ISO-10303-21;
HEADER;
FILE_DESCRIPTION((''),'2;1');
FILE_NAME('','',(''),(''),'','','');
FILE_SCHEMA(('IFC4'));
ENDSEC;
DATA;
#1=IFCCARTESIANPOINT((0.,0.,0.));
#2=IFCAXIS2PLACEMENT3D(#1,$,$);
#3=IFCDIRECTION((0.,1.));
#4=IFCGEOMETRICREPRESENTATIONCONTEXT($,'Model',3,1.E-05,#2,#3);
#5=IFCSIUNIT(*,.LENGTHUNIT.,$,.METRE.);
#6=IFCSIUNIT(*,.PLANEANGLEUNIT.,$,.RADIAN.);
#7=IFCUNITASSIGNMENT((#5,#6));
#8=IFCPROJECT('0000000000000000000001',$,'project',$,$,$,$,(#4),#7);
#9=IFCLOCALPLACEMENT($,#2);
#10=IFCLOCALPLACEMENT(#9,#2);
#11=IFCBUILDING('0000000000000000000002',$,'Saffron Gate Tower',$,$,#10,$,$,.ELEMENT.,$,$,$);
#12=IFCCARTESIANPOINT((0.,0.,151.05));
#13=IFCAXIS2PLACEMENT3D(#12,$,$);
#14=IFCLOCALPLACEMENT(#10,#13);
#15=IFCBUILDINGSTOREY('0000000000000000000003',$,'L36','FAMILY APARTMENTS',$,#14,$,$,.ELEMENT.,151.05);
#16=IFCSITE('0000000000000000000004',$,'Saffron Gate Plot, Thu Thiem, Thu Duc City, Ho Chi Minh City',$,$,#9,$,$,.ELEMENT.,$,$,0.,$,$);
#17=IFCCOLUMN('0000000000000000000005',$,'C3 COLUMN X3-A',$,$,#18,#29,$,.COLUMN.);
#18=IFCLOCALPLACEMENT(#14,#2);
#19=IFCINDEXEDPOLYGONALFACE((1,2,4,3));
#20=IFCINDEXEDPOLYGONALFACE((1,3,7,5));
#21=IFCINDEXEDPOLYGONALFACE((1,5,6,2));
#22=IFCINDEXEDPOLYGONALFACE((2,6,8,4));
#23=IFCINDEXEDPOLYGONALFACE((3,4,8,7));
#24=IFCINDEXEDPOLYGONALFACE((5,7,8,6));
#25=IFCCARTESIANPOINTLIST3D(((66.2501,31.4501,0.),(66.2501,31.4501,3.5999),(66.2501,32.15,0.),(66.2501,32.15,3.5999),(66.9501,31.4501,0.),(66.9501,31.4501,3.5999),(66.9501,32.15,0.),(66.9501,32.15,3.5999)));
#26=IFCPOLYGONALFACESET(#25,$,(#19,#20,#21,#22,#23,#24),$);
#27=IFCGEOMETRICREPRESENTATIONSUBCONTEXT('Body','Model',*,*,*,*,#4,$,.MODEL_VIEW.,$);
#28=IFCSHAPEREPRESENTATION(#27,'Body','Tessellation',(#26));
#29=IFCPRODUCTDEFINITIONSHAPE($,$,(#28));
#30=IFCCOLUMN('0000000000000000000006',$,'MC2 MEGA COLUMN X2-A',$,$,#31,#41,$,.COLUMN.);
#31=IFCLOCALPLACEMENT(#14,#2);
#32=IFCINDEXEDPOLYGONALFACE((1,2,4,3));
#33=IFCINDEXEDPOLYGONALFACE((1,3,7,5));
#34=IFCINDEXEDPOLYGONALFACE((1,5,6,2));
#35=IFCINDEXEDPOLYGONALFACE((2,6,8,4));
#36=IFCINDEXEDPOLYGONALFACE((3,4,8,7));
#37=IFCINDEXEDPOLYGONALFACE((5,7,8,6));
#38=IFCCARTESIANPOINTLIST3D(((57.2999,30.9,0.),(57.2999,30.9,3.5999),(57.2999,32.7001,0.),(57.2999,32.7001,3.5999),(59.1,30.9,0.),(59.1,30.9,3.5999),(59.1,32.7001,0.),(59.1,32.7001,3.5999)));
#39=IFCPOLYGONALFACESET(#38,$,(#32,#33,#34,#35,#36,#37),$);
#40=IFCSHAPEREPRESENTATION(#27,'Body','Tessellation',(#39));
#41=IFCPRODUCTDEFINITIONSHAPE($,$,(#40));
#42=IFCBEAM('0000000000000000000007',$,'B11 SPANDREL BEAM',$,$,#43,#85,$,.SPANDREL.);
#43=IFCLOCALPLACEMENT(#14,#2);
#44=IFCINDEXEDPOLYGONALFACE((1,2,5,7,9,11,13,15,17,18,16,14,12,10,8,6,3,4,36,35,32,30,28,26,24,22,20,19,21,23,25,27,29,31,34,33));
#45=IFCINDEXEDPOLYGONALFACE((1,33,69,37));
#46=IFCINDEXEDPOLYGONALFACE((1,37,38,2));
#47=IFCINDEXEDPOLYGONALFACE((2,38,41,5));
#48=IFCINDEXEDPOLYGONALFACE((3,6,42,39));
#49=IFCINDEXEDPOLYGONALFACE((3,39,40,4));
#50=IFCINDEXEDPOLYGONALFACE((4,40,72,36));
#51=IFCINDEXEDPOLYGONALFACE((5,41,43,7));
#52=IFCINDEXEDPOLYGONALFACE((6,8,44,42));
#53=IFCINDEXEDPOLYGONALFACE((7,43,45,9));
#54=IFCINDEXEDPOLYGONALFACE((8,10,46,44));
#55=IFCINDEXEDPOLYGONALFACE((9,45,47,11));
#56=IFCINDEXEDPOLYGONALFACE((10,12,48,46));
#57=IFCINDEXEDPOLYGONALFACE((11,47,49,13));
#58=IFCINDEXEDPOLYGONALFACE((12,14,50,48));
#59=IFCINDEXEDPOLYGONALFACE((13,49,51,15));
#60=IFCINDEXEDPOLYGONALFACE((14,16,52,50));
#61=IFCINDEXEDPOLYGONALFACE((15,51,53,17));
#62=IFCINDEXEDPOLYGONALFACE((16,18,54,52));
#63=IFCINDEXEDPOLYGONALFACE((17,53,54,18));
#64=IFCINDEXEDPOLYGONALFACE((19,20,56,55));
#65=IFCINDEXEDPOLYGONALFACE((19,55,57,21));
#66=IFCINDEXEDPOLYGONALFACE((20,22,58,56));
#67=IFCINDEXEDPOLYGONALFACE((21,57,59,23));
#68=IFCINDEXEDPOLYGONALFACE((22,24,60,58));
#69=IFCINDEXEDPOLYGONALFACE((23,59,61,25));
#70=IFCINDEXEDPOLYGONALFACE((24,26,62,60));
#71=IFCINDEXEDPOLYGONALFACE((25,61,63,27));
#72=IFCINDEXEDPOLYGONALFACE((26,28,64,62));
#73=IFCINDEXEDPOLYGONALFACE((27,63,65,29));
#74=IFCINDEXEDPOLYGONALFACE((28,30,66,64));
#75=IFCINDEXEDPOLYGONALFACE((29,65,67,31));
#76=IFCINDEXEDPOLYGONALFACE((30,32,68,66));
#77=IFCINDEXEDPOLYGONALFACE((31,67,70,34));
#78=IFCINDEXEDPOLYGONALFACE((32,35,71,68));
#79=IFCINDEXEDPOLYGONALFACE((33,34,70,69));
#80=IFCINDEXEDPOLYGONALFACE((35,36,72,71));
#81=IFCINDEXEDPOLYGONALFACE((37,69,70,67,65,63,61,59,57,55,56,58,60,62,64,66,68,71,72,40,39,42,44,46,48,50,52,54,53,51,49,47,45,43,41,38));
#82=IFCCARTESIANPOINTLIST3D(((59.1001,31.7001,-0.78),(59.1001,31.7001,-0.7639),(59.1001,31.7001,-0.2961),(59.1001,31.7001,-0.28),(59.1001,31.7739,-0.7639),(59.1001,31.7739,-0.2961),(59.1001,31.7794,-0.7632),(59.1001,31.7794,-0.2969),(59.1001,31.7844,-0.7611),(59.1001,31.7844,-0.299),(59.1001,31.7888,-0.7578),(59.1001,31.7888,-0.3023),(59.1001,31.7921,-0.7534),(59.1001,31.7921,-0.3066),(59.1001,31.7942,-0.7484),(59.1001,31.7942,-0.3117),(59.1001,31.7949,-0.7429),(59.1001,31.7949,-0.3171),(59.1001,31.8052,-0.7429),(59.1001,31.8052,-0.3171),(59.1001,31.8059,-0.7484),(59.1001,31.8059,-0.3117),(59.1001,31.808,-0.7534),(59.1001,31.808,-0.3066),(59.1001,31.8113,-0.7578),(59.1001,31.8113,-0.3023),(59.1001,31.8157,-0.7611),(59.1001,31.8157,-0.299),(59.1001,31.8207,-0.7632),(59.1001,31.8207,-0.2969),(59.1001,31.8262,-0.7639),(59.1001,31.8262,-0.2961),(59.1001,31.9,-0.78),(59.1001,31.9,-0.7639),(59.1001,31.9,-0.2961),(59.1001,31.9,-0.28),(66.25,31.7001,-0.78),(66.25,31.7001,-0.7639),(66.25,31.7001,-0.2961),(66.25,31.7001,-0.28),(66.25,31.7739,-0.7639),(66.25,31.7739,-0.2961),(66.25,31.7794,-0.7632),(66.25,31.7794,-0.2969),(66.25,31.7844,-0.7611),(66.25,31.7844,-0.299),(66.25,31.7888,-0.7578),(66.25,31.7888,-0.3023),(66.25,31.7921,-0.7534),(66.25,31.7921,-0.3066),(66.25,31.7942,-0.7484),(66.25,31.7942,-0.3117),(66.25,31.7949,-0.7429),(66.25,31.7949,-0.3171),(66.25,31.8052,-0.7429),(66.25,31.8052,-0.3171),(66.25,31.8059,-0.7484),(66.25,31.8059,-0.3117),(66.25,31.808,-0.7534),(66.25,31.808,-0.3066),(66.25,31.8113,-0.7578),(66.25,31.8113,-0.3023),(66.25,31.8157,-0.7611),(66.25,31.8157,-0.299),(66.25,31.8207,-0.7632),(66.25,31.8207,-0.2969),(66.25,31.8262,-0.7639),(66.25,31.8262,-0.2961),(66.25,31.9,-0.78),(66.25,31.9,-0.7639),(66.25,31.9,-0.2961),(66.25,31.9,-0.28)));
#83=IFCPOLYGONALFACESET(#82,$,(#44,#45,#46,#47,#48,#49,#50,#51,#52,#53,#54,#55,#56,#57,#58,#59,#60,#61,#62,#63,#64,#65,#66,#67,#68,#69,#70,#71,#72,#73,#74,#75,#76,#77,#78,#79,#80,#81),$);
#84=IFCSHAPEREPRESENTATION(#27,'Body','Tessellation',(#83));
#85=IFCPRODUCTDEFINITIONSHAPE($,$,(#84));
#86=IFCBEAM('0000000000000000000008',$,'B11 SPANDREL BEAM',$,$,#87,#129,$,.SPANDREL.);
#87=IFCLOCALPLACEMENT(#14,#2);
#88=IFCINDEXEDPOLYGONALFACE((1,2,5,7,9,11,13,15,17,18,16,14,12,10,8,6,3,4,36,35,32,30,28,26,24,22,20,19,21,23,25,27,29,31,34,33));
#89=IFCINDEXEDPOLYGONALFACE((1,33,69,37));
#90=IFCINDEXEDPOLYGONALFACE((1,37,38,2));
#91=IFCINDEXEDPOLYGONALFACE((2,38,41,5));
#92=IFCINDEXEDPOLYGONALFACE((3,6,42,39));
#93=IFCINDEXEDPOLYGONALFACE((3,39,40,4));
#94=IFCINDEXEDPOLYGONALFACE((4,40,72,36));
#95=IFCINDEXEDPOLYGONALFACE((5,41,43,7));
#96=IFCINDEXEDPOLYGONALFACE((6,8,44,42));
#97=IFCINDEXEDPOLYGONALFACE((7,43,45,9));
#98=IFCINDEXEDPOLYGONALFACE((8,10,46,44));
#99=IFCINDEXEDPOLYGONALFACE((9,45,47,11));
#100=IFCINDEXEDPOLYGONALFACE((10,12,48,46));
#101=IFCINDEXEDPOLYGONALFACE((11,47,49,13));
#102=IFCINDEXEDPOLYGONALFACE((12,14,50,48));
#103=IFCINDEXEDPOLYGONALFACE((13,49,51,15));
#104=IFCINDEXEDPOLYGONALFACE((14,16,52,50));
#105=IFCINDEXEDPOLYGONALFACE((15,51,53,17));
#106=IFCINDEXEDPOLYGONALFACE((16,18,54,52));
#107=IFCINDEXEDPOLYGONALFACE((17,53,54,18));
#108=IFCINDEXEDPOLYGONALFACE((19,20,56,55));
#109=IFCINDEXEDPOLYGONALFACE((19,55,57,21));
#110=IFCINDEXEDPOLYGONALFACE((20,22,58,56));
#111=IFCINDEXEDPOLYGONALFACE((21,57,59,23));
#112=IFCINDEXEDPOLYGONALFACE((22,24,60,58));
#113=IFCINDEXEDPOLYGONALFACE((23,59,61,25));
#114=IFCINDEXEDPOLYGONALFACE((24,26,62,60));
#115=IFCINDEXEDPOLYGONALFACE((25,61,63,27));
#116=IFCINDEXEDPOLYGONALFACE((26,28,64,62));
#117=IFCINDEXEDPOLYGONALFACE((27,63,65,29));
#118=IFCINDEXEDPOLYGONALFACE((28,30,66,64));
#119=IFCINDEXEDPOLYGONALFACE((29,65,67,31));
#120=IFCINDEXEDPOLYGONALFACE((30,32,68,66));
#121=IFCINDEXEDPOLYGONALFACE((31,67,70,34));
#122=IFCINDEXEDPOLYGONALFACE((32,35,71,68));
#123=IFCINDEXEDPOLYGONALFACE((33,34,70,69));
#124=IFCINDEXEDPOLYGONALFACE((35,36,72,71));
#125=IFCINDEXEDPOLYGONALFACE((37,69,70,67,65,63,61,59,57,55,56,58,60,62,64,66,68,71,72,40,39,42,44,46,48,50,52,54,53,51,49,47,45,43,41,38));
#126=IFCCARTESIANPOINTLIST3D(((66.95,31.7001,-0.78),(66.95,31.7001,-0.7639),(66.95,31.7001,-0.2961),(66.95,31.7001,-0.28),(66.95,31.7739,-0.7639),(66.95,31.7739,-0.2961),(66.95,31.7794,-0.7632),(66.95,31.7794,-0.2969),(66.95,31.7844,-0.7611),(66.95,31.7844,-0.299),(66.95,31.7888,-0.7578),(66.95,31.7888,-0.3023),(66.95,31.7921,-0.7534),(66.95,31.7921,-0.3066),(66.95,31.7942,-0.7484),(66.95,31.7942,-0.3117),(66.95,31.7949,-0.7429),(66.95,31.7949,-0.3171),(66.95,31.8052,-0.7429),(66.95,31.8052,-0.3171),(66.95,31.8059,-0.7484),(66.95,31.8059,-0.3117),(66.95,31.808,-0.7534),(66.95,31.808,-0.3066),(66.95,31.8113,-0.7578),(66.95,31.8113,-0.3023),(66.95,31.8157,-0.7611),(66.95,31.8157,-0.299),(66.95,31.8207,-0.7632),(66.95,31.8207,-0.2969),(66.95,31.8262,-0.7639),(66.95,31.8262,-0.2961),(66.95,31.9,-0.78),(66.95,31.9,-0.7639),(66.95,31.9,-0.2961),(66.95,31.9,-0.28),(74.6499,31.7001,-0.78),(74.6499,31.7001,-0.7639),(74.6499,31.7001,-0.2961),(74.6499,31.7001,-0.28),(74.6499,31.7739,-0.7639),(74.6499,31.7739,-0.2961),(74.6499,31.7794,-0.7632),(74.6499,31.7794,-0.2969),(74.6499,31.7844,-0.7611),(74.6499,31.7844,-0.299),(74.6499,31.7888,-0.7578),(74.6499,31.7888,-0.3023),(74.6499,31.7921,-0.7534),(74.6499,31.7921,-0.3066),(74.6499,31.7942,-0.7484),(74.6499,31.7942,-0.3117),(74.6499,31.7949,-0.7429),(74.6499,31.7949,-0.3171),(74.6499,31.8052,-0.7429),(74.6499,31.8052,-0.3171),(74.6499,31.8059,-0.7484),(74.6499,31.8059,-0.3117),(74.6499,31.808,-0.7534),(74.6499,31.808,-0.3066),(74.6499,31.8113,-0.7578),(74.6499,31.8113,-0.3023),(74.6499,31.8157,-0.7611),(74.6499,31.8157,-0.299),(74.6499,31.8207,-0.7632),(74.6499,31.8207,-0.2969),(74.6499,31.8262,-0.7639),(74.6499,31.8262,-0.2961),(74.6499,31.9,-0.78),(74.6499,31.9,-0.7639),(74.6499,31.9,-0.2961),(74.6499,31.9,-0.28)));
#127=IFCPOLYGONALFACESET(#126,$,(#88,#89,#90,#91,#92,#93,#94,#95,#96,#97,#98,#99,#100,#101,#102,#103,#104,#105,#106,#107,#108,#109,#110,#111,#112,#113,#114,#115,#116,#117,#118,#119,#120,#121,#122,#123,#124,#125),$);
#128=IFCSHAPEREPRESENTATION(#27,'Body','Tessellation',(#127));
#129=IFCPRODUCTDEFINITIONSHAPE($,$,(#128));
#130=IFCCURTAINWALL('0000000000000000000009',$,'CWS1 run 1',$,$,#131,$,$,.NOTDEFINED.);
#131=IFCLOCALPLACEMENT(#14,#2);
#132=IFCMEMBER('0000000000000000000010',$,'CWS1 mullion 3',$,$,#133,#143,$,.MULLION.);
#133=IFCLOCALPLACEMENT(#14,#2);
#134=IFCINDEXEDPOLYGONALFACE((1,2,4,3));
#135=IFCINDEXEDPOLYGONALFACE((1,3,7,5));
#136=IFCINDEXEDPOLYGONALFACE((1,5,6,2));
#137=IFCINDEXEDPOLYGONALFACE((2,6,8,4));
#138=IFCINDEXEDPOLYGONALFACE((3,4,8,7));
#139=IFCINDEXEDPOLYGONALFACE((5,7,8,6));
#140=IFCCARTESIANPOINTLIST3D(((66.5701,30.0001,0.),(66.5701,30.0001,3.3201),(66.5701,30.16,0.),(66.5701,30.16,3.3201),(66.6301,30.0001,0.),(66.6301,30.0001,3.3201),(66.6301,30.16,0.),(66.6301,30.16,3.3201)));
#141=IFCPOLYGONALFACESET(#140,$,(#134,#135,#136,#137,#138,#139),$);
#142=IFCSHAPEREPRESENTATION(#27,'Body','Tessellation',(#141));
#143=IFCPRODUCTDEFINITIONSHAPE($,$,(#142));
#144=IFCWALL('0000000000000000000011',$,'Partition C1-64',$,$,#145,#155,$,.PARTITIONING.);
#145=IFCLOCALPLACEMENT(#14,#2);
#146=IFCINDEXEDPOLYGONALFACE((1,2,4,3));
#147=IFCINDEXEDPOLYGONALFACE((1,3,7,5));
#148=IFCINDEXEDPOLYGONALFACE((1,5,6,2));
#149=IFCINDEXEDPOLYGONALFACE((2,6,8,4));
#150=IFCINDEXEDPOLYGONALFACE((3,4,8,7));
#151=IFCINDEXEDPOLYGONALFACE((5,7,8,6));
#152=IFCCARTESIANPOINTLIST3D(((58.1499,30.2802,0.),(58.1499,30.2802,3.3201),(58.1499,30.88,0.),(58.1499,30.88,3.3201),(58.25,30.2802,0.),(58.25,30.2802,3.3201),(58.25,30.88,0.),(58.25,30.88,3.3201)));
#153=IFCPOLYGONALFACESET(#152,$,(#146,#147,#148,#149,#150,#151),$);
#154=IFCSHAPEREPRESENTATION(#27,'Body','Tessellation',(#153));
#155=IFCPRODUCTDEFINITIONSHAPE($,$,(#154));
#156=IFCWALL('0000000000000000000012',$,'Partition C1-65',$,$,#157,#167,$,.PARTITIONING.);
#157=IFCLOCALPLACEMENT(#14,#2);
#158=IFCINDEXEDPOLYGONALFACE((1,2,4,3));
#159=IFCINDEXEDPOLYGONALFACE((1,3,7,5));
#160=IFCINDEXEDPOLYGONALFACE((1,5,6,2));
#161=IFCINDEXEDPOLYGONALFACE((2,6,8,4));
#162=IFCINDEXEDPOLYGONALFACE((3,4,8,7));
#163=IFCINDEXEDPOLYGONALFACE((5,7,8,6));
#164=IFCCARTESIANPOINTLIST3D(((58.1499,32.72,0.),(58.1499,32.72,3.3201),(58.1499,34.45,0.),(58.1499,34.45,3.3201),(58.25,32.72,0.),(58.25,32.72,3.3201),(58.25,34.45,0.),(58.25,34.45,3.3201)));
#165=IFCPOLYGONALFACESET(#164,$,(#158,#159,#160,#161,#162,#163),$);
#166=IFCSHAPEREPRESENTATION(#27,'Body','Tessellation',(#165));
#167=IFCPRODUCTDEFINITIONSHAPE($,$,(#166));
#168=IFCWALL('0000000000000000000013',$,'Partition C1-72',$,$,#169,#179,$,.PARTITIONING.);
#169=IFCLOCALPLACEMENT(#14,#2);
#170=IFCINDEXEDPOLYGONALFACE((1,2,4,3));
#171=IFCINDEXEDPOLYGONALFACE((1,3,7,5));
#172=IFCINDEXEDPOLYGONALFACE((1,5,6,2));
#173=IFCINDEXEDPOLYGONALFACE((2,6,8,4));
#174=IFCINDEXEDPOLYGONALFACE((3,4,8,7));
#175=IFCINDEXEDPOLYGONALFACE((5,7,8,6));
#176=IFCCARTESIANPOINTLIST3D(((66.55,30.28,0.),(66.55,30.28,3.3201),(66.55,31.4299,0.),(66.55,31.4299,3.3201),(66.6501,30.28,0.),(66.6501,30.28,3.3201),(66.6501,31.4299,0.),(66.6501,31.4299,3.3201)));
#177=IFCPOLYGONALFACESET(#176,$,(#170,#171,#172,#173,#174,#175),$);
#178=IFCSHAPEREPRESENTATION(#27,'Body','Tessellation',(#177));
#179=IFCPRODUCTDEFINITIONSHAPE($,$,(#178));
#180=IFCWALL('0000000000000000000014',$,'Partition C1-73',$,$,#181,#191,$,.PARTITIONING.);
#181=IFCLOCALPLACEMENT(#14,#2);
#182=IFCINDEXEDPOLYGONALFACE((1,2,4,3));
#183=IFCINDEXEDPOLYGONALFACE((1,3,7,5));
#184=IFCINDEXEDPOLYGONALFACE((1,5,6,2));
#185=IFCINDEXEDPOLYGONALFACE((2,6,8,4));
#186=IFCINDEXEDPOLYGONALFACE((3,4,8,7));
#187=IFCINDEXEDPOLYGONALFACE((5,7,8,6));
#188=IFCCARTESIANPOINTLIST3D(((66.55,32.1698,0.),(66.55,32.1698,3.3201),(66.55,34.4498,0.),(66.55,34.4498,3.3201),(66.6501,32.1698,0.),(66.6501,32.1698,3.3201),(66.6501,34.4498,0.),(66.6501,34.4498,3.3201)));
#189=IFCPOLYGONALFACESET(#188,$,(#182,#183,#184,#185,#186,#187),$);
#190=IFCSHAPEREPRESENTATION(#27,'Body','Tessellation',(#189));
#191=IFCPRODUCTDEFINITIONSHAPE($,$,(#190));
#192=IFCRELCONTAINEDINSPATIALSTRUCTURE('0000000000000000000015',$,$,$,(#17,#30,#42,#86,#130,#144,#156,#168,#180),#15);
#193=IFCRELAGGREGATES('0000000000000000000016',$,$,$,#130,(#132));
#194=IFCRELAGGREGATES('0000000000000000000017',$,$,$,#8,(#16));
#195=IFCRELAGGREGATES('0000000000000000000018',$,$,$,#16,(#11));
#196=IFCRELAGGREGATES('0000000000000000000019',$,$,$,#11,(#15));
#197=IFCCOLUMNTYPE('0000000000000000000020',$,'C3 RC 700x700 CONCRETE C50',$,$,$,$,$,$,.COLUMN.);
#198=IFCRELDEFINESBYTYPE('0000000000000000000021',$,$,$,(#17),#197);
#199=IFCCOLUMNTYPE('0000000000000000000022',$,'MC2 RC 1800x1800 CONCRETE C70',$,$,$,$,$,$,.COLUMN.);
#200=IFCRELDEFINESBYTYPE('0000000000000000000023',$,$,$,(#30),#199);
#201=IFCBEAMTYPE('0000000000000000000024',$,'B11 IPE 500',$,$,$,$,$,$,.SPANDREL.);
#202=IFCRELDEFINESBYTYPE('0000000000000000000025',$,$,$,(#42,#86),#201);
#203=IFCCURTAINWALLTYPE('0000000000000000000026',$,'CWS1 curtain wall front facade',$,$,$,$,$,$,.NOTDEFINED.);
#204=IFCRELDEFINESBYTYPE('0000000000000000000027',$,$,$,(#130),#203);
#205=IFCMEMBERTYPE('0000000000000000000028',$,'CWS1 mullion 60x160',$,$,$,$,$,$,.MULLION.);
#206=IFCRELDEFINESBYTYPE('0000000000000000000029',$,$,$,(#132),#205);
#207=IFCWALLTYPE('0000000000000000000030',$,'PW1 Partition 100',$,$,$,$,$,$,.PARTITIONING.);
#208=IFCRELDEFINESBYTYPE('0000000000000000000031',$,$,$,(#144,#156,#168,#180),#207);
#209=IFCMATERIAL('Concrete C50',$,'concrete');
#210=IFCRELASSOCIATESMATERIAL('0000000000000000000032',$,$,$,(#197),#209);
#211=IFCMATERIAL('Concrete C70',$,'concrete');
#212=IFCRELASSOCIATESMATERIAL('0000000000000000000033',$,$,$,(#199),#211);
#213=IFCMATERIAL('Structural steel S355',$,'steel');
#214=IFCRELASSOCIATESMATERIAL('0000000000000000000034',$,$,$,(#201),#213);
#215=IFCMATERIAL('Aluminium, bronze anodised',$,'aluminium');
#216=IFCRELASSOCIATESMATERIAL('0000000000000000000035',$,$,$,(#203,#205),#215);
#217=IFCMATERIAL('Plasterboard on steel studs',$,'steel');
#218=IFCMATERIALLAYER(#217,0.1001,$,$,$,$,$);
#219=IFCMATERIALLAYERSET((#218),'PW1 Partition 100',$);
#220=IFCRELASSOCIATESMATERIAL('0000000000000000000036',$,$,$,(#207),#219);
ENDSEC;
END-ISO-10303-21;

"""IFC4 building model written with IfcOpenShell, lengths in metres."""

from ifc_helpers import new_model, si_unit, direction, frame, frame_2d, origin, origin_2d, place, context, subcontext, project, spatial, rectangle, i_section, extrude, material, layer, layer_set, material_profile, profile_set, type_object, element, aggregate, save


model = new_model("IFC4")

# Units and contexts
model_context = context("Model", 3, precision=1e-05, world=origin(), true_north=direction((0.0, 1.0)))
body_context = subcontext(model_context, "Body", "Model", "MODEL_VIEW")
ifc_project = project(units=[si_unit("LENGTHUNIT", "METRE"), si_unit("PLANEANGLEUNIT", "RADIAN")], contexts=[model_context])

# Site, building, storey
site_placement = place(None, origin())
site = spatial("IfcSite", under=ifc_project, at=site_placement, Name="Saffron Gate Plot, Thu Thiem, Thu Duc City, Ho Chi Minh City", CompositionType="ELEMENT", RefElevation=0.0)
building_placement = place(site_placement, origin())
building = spatial("IfcBuilding", under=site, at=building_placement, Name="Saffron Gate Tower", CompositionType="ELEMENT")
storey_placement = place(building_placement, frame((0.0, 0.0, 151.05)))
storey = spatial("IfcBuildingStorey", under=building, at=storey_placement, Name="L36", Description="FAMILY APARTMENTS", CompositionType="ELEMENT", Elevation=151.05)

# Columns
ifc_material_1 = material(Name="Concrete C50", Category="concrete")
ifc_material_profile_1 = material_profile(ifc_material_1, rectangle(XDim=0.7, YDim=0.7, at=origin_2d()))
ifc_profile_set_1 = profile_set([ifc_material_profile_1], Name="Concrete C50")
column_type_1 = type_object("IfcColumnType", Name="C3 RC 700x700 CONCRETE C50", PredefinedType="COLUMN", material=ifc_profile_set_1)
column_1_placement = place(storey_placement, frame((66.6001, 31.8, 0.0), z_axis=(0.0, 0.0, 1.0), x_axis=(1.0, 0.0, 0.0)))
element("IfcColumn", 1, at=column_1_placement, inside=storey, type_object=column_type_1, Name="C3 COLUMN X3-A", PredefinedType="COLUMN", context=body_context, shape_type="SweptSolid", body=[
    extrude(rectangle(XDim=0.7, YDim=0.7, at=origin_2d()), origin(), (0.0, 0.0, 1.0), 3.5999),
])
ifc_material_2 = material(Name="Concrete C70", Category="concrete")
ifc_material_profile_2 = material_profile(ifc_material_2, rectangle(XDim=1.8, YDim=1.8, at=origin_2d()))
ifc_profile_set_2 = profile_set([ifc_material_profile_2], Name="Concrete C70")
column_type_2 = type_object("IfcColumnType", Name="MC2 RC 1800x1800 CONCRETE C70", PredefinedType="COLUMN", material=ifc_profile_set_2)
column_2_placement = place(storey_placement, frame((58.2, 31.8, 0.0), z_axis=(0.0, 0.0, 1.0), x_axis=(1.0, 0.0, 0.0)))
element("IfcColumn", 2, at=column_2_placement, inside=storey, type_object=column_type_2, Name="MC2 MEGA COLUMN X2-A", PredefinedType="COLUMN", context=body_context, shape_type="SweptSolid", body=[
    extrude(rectangle(XDim=1.8, YDim=1.8, at=origin_2d()), origin(), (0.0, 0.0, 1.0), 3.5999),
])

# Beams
ifc_material_3 = material(Name="Structural steel S355", Category="steel")
ifc_material_profile_3 = material_profile(ifc_material_3, i_section(OverallWidth=0.2, OverallDepth=0.5, WebThickness=0.0103, FlangeThickness=0.0161, FilletRadius=0.021, at=origin_2d()))
ifc_profile_set_3 = profile_set([ifc_material_profile_3], Name="Structural steel S355")
beam_type = type_object("IfcBeamType", Name="B11 IPE 500", PredefinedType="SPANDREL", material=ifc_profile_set_3)
beam_1_placement = place(storey_placement, frame((59.1001, 31.8, -0.53), z_axis=(1.0, 0.0, 0.0), x_axis=(0.0, 1.0, 0.0)))
element("IfcBeam", 3, at=beam_1_placement, inside=storey, type_object=beam_type, Name="B11 SPANDREL BEAM", PredefinedType="SPANDREL", context=body_context, shape_type="SweptSolid", body=[
    extrude(i_section(OverallWidth=0.2, OverallDepth=0.5, WebThickness=0.0103, FlangeThickness=0.0161, FilletRadius=0.021, at=origin_2d()), origin(), (0.0, 0.0, 1.0), 7.1499),
])
beam_2_placement = place(storey_placement, frame((66.95, 31.8, -0.53), z_axis=(1.0, 0.0, 0.0), x_axis=(0.0, 1.0, 0.0)))
element("IfcBeam", 4, at=beam_2_placement, inside=storey, type_object=beam_type, Name="B11 SPANDREL BEAM", PredefinedType="SPANDREL", context=body_context, shape_type="SweptSolid", body=[
    extrude(i_section(OverallWidth=0.2, OverallDepth=0.5, WebThickness=0.0103, FlangeThickness=0.0161, FilletRadius=0.021, at=origin_2d()), origin(), (0.0, 0.0, 1.0), 7.7),
])

# Curtain wall, member
ifc_material_4 = material(Name="Aluminium, bronze anodised", Category="aluminium")
curtain_wall_type = type_object("IfcCurtainWallType", Name="CWS1 curtain wall front facade", PredefinedType="NOTDEFINED", material=ifc_material_4)
curtain_wall_placement = place(storey_placement, origin())
curtain_wall = element("IfcCurtainWall", 5, at=curtain_wall_placement, inside=storey, type_object=curtain_wall_type, Name="CWS1 run 1", PredefinedType="NOTDEFINED")
ifc_material_profile_4 = material_profile(ifc_material_4, rectangle(XDim=0.1599, YDim=0.0601, at=origin_2d()))
ifc_profile_set_4 = profile_set([ifc_material_profile_4], Name="Aluminium, bronze anodised")
member_type = type_object("IfcMemberType", Name="CWS1 mullion 60x160", PredefinedType="MULLION", material=ifc_profile_set_4)
member_placement = place(storey_placement, frame((66.6001, 30.0801, 0.0), z_axis=(0.0, 0.0, 1.0), x_axis=(0.0, 1.0, 0.0)))
member = element("IfcMember", 6, at=member_placement, type_object=member_type, Name="CWS1 mullion 3", PredefinedType="MULLION", context=body_context, shape_type="SweptSolid", body=[
    extrude(rectangle(XDim=0.1599, YDim=0.0601, at=origin_2d()), origin(), (0.0, 0.0, 1.0), 3.3201),
])
aggregate(curtain_wall, [member])

# Walls
ifc_material_5 = material(Name="Plasterboard on steel studs", Category="steel")
ifc_layer_1 = layer(ifc_material_5, 0.1001)
ifc_layer_set_1 = layer_set([ifc_layer_1], Name="PW1 Partition 100")
wall_type = type_object("IfcWallType", Name="PW1 Partition 100", PredefinedType="PARTITIONING", material=ifc_layer_set_1)
wall_1_placement = place(storey_placement, frame((58.2, 30.8799, 0.0), z_axis=(0.0, 0.0, 1.0), x_axis=(0.0, -1.0, 0.0)))
element("IfcWall", 7, at=wall_1_placement, inside=storey, type_object=wall_type, Name="Partition C1-64", PredefinedType="PARTITIONING", context=body_context, shape_type="SweptSolid", body=[
    extrude(rectangle(XDim=0.5999, YDim=0.1001, at=frame_2d((0.2998, 0.0))), origin(), (0.0, 0.0, 1.0), 3.3201),
])
wall_2_placement = place(storey_placement, frame((58.2, 34.45, 0.0), z_axis=(0.0, 0.0, 1.0), x_axis=(0.0, -1.0, 0.0)))
element("IfcWall", 8, at=wall_2_placement, inside=storey, type_object=wall_type, Name="Partition C1-65", PredefinedType="PARTITIONING", context=body_context, shape_type="SweptSolid", body=[
    extrude(rectangle(XDim=1.73, YDim=0.1001, at=frame_2d((0.865, 0.0))), origin(), (0.0, 0.0, 1.0), 3.3201),
])
wall_3_placement = place(storey_placement, frame((66.6001, 31.4299, 0.0), z_axis=(0.0, 0.0, 1.0), x_axis=(0.0, -1.0, 0.0)))
element("IfcWall", 9, at=wall_3_placement, inside=storey, type_object=wall_type, Name="Partition C1-72", PredefinedType="PARTITIONING", context=body_context, shape_type="SweptSolid", body=[
    extrude(rectangle(XDim=1.1499, YDim=0.1001, at=frame_2d((0.575, 0.0))), origin(), (0.0, 0.0, 1.0), 3.3201),
])
wall_4_placement = place(storey_placement, frame((66.6001, 34.45, 0.0), z_axis=(0.0, 0.0, 1.0), x_axis=(0.0, -1.0, 0.0)))
element("IfcWall", 10, at=wall_4_placement, inside=storey, type_object=wall_type, Name="Partition C1-73", PredefinedType="PARTITIONING", context=body_context, shape_type="SweptSolid", body=[
    extrude(rectangle(XDim=2.28, YDim=0.1001, at=frame_2d((1.1401, 0.0))), origin(), (0.0, 0.0, 1.0), 3.3201),
])

save(model, "model.ifc")
